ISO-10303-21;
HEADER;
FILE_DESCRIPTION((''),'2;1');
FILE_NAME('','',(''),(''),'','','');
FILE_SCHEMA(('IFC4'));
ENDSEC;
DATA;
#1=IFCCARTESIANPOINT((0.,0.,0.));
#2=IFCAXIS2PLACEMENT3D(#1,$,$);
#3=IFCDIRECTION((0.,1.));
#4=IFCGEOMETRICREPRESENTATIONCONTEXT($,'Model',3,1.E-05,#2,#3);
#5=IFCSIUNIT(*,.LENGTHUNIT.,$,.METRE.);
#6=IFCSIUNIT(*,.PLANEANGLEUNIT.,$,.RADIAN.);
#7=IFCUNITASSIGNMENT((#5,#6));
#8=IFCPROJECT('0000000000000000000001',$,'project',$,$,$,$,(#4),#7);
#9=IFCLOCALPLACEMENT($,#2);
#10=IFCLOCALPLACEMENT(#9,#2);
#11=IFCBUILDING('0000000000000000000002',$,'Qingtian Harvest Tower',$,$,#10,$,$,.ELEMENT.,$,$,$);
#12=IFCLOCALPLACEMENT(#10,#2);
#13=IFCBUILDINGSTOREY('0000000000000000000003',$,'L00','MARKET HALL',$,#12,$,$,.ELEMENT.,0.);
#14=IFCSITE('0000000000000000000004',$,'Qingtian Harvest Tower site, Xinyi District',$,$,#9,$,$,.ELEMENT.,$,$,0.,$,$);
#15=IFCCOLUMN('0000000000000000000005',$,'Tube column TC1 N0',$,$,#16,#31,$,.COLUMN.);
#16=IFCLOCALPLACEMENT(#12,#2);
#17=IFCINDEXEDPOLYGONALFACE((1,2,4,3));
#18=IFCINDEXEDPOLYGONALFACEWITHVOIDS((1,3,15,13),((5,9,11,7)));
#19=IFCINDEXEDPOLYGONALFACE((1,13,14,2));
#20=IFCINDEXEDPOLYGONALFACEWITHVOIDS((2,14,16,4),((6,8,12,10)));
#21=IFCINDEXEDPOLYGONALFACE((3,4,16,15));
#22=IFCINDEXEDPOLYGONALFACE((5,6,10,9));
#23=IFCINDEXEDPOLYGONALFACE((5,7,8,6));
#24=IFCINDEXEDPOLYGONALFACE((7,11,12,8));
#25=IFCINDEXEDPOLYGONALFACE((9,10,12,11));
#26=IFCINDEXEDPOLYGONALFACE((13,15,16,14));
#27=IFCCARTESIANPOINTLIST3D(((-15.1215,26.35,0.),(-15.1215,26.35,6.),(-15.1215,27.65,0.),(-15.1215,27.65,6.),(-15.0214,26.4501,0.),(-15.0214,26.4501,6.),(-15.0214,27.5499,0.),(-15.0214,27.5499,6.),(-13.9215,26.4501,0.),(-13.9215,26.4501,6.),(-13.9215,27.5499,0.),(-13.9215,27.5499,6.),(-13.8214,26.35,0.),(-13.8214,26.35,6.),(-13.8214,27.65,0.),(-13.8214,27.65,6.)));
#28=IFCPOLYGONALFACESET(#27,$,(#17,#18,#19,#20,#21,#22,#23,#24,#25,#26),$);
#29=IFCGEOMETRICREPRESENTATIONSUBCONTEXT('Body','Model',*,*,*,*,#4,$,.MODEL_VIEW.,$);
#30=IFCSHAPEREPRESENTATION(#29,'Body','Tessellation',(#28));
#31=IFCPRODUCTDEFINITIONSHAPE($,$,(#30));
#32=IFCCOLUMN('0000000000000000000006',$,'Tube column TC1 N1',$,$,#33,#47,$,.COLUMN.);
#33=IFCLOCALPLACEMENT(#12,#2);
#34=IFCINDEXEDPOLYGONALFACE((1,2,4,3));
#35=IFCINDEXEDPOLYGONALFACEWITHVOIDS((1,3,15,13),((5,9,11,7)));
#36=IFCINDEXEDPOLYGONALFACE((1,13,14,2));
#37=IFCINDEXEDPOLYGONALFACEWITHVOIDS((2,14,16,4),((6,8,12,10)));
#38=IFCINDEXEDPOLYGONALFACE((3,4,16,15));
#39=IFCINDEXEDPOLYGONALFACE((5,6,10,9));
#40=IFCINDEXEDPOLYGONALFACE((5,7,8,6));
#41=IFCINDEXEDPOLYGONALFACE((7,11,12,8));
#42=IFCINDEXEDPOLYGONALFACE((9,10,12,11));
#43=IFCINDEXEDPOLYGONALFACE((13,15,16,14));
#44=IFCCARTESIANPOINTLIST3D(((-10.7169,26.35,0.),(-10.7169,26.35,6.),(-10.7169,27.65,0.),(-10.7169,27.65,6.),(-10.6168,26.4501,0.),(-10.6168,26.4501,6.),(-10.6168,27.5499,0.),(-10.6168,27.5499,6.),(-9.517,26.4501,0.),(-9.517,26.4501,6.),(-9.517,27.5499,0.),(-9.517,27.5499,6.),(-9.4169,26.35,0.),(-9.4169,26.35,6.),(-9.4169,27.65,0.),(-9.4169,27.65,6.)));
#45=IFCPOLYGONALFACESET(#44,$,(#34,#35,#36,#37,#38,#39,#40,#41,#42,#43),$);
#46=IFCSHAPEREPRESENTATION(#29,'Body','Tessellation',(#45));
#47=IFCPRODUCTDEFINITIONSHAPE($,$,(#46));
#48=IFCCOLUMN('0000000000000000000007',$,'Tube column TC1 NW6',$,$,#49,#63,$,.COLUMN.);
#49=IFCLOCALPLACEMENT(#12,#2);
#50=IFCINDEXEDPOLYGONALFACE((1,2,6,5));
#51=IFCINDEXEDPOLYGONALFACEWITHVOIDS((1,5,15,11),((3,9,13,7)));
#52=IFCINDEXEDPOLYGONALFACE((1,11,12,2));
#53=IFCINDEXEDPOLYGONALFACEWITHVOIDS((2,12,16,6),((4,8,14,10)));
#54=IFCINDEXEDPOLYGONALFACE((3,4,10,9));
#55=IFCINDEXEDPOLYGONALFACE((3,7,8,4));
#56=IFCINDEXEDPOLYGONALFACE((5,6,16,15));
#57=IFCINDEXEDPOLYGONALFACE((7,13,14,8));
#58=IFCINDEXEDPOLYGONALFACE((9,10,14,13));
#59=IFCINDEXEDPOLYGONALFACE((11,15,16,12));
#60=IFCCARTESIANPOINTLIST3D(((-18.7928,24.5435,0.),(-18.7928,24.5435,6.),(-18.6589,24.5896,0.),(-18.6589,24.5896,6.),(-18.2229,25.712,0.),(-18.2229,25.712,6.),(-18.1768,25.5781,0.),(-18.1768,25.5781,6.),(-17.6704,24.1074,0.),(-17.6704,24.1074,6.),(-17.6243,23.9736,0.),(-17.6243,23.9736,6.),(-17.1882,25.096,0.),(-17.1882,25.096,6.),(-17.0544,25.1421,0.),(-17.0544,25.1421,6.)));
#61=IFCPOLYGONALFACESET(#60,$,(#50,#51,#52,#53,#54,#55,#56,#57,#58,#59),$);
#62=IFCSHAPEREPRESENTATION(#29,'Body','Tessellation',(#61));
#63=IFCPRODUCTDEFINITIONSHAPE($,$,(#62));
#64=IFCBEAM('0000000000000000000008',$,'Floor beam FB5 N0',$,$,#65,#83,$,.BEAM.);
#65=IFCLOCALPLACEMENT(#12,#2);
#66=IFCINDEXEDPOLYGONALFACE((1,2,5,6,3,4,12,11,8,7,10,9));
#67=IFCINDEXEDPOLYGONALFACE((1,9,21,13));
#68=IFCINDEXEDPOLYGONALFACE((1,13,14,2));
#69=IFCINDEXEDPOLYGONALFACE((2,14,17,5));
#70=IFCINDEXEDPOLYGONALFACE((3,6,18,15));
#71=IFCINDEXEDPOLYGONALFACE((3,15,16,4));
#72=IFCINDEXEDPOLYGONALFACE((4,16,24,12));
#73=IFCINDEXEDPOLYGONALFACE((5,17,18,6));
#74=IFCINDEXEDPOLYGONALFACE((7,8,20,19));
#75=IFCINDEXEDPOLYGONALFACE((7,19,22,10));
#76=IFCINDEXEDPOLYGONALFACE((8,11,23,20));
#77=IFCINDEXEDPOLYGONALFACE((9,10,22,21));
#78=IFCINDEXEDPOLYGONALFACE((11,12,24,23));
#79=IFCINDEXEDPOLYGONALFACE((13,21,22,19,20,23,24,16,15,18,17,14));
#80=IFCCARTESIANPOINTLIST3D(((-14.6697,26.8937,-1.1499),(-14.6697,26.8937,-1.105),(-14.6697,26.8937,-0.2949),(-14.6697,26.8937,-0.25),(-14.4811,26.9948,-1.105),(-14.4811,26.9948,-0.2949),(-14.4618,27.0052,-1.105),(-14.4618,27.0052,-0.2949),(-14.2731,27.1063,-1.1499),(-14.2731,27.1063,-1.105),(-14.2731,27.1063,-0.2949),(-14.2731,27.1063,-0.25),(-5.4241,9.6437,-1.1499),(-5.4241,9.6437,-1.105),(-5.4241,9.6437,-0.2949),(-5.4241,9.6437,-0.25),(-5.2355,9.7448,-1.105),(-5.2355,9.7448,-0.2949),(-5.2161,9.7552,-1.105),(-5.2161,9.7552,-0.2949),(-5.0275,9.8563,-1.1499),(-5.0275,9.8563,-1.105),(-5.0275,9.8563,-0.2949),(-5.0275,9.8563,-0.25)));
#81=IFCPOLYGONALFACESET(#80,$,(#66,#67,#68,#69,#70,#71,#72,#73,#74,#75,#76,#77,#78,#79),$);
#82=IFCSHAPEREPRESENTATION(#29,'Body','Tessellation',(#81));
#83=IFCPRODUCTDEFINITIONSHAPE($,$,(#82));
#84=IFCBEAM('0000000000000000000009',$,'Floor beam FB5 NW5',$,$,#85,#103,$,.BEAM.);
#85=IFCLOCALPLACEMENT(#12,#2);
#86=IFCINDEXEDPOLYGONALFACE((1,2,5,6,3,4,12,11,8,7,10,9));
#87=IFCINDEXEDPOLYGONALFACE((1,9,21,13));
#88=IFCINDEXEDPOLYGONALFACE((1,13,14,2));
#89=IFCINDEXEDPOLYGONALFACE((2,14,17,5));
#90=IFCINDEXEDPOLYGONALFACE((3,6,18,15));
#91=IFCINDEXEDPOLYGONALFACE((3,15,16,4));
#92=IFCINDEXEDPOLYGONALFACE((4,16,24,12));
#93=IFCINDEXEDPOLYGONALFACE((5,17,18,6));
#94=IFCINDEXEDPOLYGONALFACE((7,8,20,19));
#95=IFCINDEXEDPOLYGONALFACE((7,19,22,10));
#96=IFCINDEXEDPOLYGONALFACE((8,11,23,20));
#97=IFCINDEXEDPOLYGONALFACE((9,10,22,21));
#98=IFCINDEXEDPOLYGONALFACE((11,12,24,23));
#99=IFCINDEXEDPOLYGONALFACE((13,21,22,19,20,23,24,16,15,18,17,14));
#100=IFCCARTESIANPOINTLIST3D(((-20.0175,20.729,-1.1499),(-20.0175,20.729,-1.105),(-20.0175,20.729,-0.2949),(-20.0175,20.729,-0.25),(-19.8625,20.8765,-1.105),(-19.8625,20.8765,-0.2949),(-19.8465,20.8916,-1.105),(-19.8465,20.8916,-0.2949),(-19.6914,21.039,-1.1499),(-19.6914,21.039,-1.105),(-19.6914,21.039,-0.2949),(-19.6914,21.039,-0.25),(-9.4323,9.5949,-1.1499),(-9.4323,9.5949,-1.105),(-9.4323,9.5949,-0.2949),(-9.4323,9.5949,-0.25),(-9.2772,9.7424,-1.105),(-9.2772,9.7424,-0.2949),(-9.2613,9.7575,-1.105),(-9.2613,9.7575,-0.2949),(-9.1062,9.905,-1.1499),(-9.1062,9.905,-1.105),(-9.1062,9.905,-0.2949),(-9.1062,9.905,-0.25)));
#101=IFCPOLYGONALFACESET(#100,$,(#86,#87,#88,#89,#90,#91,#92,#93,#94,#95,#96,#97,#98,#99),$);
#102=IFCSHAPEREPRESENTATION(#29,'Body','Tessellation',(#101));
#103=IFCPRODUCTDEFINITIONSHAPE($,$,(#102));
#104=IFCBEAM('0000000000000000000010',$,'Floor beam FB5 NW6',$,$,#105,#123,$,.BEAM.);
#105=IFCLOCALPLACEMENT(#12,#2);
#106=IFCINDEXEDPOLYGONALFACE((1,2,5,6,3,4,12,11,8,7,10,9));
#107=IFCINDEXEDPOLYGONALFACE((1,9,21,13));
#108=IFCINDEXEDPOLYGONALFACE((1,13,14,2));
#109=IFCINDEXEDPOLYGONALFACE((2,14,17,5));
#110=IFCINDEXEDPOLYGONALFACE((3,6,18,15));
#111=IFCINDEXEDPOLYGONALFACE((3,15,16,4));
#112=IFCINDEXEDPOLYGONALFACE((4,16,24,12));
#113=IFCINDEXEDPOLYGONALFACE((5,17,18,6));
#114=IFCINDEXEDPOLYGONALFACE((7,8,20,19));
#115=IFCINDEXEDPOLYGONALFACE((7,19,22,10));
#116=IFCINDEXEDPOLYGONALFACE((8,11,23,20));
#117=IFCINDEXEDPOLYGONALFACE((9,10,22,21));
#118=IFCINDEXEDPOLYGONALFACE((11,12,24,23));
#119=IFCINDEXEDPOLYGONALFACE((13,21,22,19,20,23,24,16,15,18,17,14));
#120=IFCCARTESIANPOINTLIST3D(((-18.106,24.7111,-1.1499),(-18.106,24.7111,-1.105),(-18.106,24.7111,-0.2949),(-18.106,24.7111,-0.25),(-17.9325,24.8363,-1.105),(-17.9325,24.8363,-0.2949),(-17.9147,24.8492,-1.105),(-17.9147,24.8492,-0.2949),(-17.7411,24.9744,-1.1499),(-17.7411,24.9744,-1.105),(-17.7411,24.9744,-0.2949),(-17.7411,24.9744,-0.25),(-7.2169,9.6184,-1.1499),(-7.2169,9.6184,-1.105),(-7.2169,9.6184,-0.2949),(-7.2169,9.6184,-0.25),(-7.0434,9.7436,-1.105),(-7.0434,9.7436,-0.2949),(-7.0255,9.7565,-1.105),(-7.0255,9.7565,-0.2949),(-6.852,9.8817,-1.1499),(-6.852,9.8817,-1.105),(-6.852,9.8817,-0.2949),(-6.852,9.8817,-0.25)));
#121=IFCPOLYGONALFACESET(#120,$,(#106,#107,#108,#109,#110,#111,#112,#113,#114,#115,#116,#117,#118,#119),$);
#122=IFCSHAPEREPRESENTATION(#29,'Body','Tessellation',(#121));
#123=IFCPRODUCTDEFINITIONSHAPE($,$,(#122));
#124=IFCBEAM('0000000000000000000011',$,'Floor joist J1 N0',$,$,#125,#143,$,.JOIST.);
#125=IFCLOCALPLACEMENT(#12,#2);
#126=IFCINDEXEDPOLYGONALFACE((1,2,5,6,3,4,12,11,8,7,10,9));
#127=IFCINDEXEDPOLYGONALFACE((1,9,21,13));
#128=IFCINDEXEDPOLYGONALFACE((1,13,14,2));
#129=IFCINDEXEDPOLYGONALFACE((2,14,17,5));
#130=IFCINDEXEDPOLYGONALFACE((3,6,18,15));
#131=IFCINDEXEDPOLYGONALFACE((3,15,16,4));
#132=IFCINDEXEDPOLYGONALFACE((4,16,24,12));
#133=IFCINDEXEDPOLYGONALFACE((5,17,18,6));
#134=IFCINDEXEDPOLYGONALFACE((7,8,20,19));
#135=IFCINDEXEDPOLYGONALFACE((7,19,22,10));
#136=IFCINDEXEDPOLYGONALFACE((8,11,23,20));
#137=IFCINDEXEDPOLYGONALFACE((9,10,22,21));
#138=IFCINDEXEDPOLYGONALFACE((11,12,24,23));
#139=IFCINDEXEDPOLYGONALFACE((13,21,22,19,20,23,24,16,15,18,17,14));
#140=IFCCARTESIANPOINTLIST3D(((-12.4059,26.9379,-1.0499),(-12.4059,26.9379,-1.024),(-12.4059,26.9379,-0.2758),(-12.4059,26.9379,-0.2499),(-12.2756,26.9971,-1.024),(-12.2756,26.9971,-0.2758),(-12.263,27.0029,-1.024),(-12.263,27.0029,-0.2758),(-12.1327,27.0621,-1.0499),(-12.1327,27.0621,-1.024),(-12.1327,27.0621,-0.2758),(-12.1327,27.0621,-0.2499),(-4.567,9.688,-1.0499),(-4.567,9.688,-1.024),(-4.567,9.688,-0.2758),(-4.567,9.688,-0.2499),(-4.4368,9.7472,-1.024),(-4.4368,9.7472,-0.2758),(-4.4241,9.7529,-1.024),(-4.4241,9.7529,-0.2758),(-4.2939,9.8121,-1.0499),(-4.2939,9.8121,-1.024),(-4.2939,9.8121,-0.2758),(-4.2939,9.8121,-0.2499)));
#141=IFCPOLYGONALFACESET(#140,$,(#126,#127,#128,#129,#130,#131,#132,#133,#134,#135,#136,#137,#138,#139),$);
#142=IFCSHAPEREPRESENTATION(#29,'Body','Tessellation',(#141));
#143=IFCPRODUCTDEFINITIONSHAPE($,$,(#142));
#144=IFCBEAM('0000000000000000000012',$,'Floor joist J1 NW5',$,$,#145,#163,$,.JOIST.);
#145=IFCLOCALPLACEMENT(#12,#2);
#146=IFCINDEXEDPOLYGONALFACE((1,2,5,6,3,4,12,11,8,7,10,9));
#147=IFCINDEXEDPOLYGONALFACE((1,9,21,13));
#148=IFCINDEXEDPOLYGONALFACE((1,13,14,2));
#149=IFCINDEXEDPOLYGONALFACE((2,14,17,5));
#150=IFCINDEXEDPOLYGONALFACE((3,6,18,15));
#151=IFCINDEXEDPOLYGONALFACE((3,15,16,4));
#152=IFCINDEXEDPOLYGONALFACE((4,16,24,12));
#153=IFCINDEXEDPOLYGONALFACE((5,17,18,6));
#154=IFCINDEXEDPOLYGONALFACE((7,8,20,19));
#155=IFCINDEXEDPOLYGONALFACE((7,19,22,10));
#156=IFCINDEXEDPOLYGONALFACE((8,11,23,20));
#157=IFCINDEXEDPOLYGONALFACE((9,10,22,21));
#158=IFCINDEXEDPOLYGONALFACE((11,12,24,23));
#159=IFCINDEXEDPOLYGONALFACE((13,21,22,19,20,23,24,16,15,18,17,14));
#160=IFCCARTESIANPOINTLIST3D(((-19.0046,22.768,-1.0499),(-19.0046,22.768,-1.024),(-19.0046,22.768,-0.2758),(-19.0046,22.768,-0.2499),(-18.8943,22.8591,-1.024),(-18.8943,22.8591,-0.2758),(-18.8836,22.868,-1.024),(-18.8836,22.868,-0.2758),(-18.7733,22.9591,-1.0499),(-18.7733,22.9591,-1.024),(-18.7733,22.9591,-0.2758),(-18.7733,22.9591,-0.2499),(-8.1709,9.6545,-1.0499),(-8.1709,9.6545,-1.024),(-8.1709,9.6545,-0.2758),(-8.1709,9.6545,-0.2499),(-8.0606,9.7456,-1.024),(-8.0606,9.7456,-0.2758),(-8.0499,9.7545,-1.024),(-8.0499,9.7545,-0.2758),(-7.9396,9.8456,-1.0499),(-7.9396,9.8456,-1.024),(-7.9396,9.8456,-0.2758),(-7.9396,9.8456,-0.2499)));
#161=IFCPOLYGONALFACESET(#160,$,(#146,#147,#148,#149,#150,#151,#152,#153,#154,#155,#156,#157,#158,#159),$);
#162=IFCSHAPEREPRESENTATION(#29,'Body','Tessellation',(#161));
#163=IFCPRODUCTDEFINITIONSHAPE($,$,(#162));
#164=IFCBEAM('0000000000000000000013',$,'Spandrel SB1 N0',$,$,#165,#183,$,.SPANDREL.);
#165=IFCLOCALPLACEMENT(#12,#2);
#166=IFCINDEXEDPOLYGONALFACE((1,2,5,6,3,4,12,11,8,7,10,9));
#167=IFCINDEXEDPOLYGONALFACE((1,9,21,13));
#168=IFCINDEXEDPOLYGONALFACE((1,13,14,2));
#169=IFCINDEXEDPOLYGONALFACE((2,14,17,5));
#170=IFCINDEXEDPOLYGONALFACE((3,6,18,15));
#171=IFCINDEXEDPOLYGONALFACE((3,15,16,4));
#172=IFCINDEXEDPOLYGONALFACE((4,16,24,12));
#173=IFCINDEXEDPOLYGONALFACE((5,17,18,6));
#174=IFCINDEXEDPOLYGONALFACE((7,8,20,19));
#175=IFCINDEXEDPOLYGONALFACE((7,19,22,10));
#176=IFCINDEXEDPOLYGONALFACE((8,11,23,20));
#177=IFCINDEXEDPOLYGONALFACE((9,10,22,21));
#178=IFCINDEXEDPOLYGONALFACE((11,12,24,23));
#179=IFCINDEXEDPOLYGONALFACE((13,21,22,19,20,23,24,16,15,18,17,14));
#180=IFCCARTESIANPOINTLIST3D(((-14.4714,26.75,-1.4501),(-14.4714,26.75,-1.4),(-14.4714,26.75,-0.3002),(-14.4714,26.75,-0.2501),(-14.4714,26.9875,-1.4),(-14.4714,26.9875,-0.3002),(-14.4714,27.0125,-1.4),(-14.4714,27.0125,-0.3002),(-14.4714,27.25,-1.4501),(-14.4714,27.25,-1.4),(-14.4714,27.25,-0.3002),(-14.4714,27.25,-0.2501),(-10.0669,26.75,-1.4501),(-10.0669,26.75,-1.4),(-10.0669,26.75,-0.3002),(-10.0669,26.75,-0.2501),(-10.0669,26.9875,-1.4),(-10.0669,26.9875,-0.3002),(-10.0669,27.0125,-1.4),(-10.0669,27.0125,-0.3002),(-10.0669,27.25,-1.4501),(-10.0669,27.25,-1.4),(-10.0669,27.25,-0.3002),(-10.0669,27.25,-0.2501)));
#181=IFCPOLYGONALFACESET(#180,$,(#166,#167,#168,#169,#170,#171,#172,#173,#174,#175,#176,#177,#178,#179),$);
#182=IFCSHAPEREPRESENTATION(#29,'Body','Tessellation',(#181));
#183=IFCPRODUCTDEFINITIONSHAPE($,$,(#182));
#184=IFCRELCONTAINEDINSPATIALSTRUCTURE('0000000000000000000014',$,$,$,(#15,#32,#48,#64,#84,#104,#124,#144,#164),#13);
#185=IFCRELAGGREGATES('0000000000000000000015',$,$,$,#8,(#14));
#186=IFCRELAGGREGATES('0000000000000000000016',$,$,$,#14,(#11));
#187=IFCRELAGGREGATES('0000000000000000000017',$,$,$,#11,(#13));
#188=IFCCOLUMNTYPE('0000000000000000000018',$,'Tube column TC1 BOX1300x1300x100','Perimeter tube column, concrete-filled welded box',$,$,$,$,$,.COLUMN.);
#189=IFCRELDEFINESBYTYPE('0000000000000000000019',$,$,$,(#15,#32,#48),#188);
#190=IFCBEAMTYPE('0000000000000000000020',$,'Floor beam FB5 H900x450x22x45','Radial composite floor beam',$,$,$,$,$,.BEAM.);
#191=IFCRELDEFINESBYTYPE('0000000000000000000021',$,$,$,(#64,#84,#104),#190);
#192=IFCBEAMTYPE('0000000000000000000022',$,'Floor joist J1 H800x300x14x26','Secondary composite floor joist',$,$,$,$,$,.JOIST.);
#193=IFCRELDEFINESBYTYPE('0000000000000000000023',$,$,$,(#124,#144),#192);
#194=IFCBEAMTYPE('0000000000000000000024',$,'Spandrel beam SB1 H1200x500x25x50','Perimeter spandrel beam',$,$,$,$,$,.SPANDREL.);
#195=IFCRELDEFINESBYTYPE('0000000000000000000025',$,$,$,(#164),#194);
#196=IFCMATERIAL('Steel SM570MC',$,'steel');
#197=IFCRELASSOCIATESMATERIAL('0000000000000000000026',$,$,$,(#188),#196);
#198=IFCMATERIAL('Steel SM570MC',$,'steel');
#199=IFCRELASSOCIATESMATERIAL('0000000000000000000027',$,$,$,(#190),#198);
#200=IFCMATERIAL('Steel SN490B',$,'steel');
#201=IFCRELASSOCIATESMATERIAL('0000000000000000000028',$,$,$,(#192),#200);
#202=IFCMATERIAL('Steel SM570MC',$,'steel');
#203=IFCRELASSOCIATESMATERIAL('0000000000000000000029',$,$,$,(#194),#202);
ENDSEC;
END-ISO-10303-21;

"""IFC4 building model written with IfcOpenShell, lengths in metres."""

from ifc_helpers import new_model, si_unit, direction, frame, origin, origin_2d, place, context, subcontext, project, spatial, hollow_rectangle, i_section, extrude, material, material_profile, profile_set, type_object, element, save


model = new_model("IFC4")

# Units and contexts
model_context = context("Model", 3, precision=1e-05, world=origin(), true_north=direction((0.0, 1.0)))
body_context = subcontext(model_context, "Body", "Model", "MODEL_VIEW")
ifc_project = project(units=[si_unit("LENGTHUNIT", "METRE"), si_unit("PLANEANGLEUNIT", "RADIAN")], contexts=[model_context])

# Site, building, storey
site_placement = place(None, origin())
site = spatial("IfcSite", under=ifc_project, at=site_placement, Name="Qingtian Harvest Tower site, Xinyi District", CompositionType="ELEMENT", RefElevation=0.0)
building_placement = place(site_placement, origin())
building = spatial("IfcBuilding", under=site, at=building_placement, Name="Qingtian Harvest Tower", CompositionType="ELEMENT")
storey_placement = place(building_placement, origin())
storey = spatial("IfcBuildingStorey", under=building, at=storey_placement, Name="L00", Description="MARKET HALL", CompositionType="ELEMENT", Elevation=0.0)

# Columns
ifc_material_1 = material(Name="Steel SM570MC", Category="steel")
ifc_material_profile_1 = material_profile(ifc_material_1, hollow_rectangle(XDim=1.3, YDim=1.3, WallThickness=0.1001, at=origin_2d()), Name="BOX1300x1300x100")
ifc_profile_set_1 = profile_set([ifc_material_profile_1], Name="Steel SM570MC")
column_type = type_object("IfcColumnType", Name="Tube column TC1 BOX1300x1300x100", Description="Perimeter tube column, concrete-filled welded box", PredefinedType="COLUMN", material=ifc_profile_set_1)
for number, where, z_axis, x_axis, name in (
    (1, (-14.4714, 27.0, 0.0), (0.0, 0.0, 1.0), (-1.0, 0.0, 0.0), "Tube column TC1 N0"),
    (2, (-10.0669, 27.0, 0.0), (0.0, 0.0, 1.0), (-1.0, 0.0, 0.0), "Tube column TC1 N1"),
    (3, (-17.9236, 24.8428, 0.0), (0.0, 0.0, 1.0), (-0.438371, -0.898794, 0.0), "Tube column TC1 NW6"),
):
    element("IfcColumn", number, at=place(storey_placement, frame(where, z_axis=z_axis, x_axis=x_axis)), inside=storey, type_object=column_type, Name=name, PredefinedType="COLUMN", context=body_context, shape_type="SweptSolid", body=[
        extrude(hollow_rectangle(XDim=1.3, YDim=1.3, WallThickness=0.1001, at=origin_2d()), origin(), (0.0, 0.0, 1.0), 6.0),
    ])

# Beams
ifc_material_2 = material(Name="Steel SM570MC", Category="steel")
ifc_material_profile_2 = material_profile(ifc_material_2, i_section(OverallWidth=0.45, OverallDepth=0.8999, WebThickness=0.022, FlangeThickness=0.0449, at=origin_2d()), Name="H900x450x22x45")
ifc_profile_set_2 = profile_set([ifc_material_profile_2], Name="Steel SM570MC")
beam_type_1 = type_object("IfcBeamType", Name="Floor beam FB5 H900x450x22x45", Description="Radial composite floor beam", PredefinedType="BEAM", material=ifc_profile_set_2)
beam_1_placement = place(storey_placement, frame((-14.4714, 27.0, -0.7), z_axis=(0.472401, -0.881384, 0.0), x_axis=(0.881384, 0.472401, 0.0)))
element("IfcBeam", 4, at=beam_1_placement, inside=storey, type_object=beam_type_1, Name="Floor beam FB5 N0", PredefinedType="BEAM", context=body_context, shape_type="SweptSolid", body=[
    extrude(i_section(OverallWidth=0.45, OverallDepth=0.8999, WebThickness=0.022, FlangeThickness=0.0449, at=origin_2d()), origin(), (0.0, 0.0, 1.0), 19.5715),
])
beam_2_placement = place(storey_placement, frame((-19.8545, 20.884, -0.7), z_axis=(0.689019, -0.724743, 0.0), x_axis=(0.724743, 0.689019, 0.0)))
element("IfcBeam", 5, at=beam_2_placement, inside=storey, type_object=beam_type_1, Name="Floor beam FB5 NW5", PredefinedType="BEAM", context=body_context, shape_type="SweptSolid", body=[
    extrude(i_section(OverallWidth=0.45, OverallDepth=0.8999, WebThickness=0.022, FlangeThickness=0.0449, at=origin_2d()), origin(), (0.0, 0.0, 1.0), 15.3628),
])
beam_3_placement = place(storey_placement, frame((-17.9236, 24.8428, -0.7), z_axis=(0.585096, -0.810964, 0.0), x_axis=(0.810964, 0.585096, 0.0)))
element("IfcBeam", 6, at=beam_3_placement, inside=storey, type_object=beam_type_1, Name="Floor beam FB5 NW6", PredefinedType="BEAM", context=body_context, shape_type="SweptSolid", body=[
    extrude(i_section(OverallWidth=0.45, OverallDepth=0.8999, WebThickness=0.022, FlangeThickness=0.0449, at=origin_2d()), origin(), (0.0, 0.0, 1.0), 18.6108),
])
ifc_material_3 = material(Name="Steel SN490B", Category="steel")
ifc_material_profile_3 = material_profile(ifc_material_3, i_section(OverallWidth=0.3, OverallDepth=0.8, WebThickness=0.0139, FlangeThickness=0.0259, at=origin_2d()), Name="H800x300x14x26")
ifc_profile_set_3 = profile_set([ifc_material_profile_3], Name="Steel SN490B")
beam_type_2 = type_object("IfcBeamType", Name="Floor joist J1 H800x300x14x26", Description="Secondary composite floor joist", PredefinedType="JOIST", material=ifc_profile_set_3)
beam_4_placement = place(storey_placement, frame((-12.2693, 27.0, -0.6499), z_axis=(0.413714, -0.910407, 0.0), x_axis=(0.910407, 0.413714, 0.0)))
element("IfcBeam", 7, at=beam_4_placement, inside=storey, type_object=beam_type_2, Name="Floor joist J1 N0", PredefinedType="JOIST", context=body_context, shape_type="SweptSolid", body=[
    extrude(i_section(OverallWidth=0.3, OverallDepth=0.8, WebThickness=0.0139, FlangeThickness=0.0259, at=origin_2d()), origin(), (0.0, 0.0, 1.0), 18.9475),
])
beam_5_placement = place(storey_placement, frame((-18.8889, 22.8635, -0.6499), z_axis=(0.63691, -0.770938, 0.0), x_axis=(0.770938, 0.63691, 0.0)))
element("IfcBeam", 8, at=beam_5_placement, inside=storey, type_object=beam_type_2, Name="Floor joist J1 NW5", PredefinedType="JOIST", context=body_context, shape_type="SweptSolid", body=[
    extrude(i_section(OverallWidth=0.3, OverallDepth=0.8, WebThickness=0.0139, FlangeThickness=0.0259, at=origin_2d()), origin(), (0.0, 0.0, 1.0), 17.0098),
])
ifc_material_4 = material(Name="Steel SM570MC", Category="steel")
ifc_material_profile_4 = material_profile(ifc_material_4, i_section(OverallWidth=0.5, OverallDepth=1.2, WebThickness=0.0249, FlangeThickness=0.05, at=origin_2d()), Name="H1200x500x25x50")
ifc_profile_set_4 = profile_set([ifc_material_profile_4], Name="Steel SM570MC")
beam_type_3 = type_object("IfcBeamType", Name="Spandrel beam SB1 H1200x500x25x50", Description="Perimeter spandrel beam", PredefinedType="SPANDREL", material=ifc_profile_set_4)
for number, where, z_axis, x_axis, name in (
    (9, (-14.4714, 27.0, -0.8501), (1.0, 0.0, 0.0), (0.0, 1.0, 0.0), "Spandrel SB1 N0"),
):
    element("IfcBeam", number, at=place(storey_placement, frame(where, z_axis=z_axis, x_axis=x_axis)), inside=storey, type_object=beam_type_3, Name=name, PredefinedType="SPANDREL", context=body_context, shape_type="SweptSolid", body=[
        extrude(i_section(OverallWidth=0.5, OverallDepth=1.2, WebThickness=0.0249, FlangeThickness=0.05, at=origin_2d()), origin(), (0.0, 0.0, 1.0), 4.4045),
    ])

save(model, "model.ifc")
